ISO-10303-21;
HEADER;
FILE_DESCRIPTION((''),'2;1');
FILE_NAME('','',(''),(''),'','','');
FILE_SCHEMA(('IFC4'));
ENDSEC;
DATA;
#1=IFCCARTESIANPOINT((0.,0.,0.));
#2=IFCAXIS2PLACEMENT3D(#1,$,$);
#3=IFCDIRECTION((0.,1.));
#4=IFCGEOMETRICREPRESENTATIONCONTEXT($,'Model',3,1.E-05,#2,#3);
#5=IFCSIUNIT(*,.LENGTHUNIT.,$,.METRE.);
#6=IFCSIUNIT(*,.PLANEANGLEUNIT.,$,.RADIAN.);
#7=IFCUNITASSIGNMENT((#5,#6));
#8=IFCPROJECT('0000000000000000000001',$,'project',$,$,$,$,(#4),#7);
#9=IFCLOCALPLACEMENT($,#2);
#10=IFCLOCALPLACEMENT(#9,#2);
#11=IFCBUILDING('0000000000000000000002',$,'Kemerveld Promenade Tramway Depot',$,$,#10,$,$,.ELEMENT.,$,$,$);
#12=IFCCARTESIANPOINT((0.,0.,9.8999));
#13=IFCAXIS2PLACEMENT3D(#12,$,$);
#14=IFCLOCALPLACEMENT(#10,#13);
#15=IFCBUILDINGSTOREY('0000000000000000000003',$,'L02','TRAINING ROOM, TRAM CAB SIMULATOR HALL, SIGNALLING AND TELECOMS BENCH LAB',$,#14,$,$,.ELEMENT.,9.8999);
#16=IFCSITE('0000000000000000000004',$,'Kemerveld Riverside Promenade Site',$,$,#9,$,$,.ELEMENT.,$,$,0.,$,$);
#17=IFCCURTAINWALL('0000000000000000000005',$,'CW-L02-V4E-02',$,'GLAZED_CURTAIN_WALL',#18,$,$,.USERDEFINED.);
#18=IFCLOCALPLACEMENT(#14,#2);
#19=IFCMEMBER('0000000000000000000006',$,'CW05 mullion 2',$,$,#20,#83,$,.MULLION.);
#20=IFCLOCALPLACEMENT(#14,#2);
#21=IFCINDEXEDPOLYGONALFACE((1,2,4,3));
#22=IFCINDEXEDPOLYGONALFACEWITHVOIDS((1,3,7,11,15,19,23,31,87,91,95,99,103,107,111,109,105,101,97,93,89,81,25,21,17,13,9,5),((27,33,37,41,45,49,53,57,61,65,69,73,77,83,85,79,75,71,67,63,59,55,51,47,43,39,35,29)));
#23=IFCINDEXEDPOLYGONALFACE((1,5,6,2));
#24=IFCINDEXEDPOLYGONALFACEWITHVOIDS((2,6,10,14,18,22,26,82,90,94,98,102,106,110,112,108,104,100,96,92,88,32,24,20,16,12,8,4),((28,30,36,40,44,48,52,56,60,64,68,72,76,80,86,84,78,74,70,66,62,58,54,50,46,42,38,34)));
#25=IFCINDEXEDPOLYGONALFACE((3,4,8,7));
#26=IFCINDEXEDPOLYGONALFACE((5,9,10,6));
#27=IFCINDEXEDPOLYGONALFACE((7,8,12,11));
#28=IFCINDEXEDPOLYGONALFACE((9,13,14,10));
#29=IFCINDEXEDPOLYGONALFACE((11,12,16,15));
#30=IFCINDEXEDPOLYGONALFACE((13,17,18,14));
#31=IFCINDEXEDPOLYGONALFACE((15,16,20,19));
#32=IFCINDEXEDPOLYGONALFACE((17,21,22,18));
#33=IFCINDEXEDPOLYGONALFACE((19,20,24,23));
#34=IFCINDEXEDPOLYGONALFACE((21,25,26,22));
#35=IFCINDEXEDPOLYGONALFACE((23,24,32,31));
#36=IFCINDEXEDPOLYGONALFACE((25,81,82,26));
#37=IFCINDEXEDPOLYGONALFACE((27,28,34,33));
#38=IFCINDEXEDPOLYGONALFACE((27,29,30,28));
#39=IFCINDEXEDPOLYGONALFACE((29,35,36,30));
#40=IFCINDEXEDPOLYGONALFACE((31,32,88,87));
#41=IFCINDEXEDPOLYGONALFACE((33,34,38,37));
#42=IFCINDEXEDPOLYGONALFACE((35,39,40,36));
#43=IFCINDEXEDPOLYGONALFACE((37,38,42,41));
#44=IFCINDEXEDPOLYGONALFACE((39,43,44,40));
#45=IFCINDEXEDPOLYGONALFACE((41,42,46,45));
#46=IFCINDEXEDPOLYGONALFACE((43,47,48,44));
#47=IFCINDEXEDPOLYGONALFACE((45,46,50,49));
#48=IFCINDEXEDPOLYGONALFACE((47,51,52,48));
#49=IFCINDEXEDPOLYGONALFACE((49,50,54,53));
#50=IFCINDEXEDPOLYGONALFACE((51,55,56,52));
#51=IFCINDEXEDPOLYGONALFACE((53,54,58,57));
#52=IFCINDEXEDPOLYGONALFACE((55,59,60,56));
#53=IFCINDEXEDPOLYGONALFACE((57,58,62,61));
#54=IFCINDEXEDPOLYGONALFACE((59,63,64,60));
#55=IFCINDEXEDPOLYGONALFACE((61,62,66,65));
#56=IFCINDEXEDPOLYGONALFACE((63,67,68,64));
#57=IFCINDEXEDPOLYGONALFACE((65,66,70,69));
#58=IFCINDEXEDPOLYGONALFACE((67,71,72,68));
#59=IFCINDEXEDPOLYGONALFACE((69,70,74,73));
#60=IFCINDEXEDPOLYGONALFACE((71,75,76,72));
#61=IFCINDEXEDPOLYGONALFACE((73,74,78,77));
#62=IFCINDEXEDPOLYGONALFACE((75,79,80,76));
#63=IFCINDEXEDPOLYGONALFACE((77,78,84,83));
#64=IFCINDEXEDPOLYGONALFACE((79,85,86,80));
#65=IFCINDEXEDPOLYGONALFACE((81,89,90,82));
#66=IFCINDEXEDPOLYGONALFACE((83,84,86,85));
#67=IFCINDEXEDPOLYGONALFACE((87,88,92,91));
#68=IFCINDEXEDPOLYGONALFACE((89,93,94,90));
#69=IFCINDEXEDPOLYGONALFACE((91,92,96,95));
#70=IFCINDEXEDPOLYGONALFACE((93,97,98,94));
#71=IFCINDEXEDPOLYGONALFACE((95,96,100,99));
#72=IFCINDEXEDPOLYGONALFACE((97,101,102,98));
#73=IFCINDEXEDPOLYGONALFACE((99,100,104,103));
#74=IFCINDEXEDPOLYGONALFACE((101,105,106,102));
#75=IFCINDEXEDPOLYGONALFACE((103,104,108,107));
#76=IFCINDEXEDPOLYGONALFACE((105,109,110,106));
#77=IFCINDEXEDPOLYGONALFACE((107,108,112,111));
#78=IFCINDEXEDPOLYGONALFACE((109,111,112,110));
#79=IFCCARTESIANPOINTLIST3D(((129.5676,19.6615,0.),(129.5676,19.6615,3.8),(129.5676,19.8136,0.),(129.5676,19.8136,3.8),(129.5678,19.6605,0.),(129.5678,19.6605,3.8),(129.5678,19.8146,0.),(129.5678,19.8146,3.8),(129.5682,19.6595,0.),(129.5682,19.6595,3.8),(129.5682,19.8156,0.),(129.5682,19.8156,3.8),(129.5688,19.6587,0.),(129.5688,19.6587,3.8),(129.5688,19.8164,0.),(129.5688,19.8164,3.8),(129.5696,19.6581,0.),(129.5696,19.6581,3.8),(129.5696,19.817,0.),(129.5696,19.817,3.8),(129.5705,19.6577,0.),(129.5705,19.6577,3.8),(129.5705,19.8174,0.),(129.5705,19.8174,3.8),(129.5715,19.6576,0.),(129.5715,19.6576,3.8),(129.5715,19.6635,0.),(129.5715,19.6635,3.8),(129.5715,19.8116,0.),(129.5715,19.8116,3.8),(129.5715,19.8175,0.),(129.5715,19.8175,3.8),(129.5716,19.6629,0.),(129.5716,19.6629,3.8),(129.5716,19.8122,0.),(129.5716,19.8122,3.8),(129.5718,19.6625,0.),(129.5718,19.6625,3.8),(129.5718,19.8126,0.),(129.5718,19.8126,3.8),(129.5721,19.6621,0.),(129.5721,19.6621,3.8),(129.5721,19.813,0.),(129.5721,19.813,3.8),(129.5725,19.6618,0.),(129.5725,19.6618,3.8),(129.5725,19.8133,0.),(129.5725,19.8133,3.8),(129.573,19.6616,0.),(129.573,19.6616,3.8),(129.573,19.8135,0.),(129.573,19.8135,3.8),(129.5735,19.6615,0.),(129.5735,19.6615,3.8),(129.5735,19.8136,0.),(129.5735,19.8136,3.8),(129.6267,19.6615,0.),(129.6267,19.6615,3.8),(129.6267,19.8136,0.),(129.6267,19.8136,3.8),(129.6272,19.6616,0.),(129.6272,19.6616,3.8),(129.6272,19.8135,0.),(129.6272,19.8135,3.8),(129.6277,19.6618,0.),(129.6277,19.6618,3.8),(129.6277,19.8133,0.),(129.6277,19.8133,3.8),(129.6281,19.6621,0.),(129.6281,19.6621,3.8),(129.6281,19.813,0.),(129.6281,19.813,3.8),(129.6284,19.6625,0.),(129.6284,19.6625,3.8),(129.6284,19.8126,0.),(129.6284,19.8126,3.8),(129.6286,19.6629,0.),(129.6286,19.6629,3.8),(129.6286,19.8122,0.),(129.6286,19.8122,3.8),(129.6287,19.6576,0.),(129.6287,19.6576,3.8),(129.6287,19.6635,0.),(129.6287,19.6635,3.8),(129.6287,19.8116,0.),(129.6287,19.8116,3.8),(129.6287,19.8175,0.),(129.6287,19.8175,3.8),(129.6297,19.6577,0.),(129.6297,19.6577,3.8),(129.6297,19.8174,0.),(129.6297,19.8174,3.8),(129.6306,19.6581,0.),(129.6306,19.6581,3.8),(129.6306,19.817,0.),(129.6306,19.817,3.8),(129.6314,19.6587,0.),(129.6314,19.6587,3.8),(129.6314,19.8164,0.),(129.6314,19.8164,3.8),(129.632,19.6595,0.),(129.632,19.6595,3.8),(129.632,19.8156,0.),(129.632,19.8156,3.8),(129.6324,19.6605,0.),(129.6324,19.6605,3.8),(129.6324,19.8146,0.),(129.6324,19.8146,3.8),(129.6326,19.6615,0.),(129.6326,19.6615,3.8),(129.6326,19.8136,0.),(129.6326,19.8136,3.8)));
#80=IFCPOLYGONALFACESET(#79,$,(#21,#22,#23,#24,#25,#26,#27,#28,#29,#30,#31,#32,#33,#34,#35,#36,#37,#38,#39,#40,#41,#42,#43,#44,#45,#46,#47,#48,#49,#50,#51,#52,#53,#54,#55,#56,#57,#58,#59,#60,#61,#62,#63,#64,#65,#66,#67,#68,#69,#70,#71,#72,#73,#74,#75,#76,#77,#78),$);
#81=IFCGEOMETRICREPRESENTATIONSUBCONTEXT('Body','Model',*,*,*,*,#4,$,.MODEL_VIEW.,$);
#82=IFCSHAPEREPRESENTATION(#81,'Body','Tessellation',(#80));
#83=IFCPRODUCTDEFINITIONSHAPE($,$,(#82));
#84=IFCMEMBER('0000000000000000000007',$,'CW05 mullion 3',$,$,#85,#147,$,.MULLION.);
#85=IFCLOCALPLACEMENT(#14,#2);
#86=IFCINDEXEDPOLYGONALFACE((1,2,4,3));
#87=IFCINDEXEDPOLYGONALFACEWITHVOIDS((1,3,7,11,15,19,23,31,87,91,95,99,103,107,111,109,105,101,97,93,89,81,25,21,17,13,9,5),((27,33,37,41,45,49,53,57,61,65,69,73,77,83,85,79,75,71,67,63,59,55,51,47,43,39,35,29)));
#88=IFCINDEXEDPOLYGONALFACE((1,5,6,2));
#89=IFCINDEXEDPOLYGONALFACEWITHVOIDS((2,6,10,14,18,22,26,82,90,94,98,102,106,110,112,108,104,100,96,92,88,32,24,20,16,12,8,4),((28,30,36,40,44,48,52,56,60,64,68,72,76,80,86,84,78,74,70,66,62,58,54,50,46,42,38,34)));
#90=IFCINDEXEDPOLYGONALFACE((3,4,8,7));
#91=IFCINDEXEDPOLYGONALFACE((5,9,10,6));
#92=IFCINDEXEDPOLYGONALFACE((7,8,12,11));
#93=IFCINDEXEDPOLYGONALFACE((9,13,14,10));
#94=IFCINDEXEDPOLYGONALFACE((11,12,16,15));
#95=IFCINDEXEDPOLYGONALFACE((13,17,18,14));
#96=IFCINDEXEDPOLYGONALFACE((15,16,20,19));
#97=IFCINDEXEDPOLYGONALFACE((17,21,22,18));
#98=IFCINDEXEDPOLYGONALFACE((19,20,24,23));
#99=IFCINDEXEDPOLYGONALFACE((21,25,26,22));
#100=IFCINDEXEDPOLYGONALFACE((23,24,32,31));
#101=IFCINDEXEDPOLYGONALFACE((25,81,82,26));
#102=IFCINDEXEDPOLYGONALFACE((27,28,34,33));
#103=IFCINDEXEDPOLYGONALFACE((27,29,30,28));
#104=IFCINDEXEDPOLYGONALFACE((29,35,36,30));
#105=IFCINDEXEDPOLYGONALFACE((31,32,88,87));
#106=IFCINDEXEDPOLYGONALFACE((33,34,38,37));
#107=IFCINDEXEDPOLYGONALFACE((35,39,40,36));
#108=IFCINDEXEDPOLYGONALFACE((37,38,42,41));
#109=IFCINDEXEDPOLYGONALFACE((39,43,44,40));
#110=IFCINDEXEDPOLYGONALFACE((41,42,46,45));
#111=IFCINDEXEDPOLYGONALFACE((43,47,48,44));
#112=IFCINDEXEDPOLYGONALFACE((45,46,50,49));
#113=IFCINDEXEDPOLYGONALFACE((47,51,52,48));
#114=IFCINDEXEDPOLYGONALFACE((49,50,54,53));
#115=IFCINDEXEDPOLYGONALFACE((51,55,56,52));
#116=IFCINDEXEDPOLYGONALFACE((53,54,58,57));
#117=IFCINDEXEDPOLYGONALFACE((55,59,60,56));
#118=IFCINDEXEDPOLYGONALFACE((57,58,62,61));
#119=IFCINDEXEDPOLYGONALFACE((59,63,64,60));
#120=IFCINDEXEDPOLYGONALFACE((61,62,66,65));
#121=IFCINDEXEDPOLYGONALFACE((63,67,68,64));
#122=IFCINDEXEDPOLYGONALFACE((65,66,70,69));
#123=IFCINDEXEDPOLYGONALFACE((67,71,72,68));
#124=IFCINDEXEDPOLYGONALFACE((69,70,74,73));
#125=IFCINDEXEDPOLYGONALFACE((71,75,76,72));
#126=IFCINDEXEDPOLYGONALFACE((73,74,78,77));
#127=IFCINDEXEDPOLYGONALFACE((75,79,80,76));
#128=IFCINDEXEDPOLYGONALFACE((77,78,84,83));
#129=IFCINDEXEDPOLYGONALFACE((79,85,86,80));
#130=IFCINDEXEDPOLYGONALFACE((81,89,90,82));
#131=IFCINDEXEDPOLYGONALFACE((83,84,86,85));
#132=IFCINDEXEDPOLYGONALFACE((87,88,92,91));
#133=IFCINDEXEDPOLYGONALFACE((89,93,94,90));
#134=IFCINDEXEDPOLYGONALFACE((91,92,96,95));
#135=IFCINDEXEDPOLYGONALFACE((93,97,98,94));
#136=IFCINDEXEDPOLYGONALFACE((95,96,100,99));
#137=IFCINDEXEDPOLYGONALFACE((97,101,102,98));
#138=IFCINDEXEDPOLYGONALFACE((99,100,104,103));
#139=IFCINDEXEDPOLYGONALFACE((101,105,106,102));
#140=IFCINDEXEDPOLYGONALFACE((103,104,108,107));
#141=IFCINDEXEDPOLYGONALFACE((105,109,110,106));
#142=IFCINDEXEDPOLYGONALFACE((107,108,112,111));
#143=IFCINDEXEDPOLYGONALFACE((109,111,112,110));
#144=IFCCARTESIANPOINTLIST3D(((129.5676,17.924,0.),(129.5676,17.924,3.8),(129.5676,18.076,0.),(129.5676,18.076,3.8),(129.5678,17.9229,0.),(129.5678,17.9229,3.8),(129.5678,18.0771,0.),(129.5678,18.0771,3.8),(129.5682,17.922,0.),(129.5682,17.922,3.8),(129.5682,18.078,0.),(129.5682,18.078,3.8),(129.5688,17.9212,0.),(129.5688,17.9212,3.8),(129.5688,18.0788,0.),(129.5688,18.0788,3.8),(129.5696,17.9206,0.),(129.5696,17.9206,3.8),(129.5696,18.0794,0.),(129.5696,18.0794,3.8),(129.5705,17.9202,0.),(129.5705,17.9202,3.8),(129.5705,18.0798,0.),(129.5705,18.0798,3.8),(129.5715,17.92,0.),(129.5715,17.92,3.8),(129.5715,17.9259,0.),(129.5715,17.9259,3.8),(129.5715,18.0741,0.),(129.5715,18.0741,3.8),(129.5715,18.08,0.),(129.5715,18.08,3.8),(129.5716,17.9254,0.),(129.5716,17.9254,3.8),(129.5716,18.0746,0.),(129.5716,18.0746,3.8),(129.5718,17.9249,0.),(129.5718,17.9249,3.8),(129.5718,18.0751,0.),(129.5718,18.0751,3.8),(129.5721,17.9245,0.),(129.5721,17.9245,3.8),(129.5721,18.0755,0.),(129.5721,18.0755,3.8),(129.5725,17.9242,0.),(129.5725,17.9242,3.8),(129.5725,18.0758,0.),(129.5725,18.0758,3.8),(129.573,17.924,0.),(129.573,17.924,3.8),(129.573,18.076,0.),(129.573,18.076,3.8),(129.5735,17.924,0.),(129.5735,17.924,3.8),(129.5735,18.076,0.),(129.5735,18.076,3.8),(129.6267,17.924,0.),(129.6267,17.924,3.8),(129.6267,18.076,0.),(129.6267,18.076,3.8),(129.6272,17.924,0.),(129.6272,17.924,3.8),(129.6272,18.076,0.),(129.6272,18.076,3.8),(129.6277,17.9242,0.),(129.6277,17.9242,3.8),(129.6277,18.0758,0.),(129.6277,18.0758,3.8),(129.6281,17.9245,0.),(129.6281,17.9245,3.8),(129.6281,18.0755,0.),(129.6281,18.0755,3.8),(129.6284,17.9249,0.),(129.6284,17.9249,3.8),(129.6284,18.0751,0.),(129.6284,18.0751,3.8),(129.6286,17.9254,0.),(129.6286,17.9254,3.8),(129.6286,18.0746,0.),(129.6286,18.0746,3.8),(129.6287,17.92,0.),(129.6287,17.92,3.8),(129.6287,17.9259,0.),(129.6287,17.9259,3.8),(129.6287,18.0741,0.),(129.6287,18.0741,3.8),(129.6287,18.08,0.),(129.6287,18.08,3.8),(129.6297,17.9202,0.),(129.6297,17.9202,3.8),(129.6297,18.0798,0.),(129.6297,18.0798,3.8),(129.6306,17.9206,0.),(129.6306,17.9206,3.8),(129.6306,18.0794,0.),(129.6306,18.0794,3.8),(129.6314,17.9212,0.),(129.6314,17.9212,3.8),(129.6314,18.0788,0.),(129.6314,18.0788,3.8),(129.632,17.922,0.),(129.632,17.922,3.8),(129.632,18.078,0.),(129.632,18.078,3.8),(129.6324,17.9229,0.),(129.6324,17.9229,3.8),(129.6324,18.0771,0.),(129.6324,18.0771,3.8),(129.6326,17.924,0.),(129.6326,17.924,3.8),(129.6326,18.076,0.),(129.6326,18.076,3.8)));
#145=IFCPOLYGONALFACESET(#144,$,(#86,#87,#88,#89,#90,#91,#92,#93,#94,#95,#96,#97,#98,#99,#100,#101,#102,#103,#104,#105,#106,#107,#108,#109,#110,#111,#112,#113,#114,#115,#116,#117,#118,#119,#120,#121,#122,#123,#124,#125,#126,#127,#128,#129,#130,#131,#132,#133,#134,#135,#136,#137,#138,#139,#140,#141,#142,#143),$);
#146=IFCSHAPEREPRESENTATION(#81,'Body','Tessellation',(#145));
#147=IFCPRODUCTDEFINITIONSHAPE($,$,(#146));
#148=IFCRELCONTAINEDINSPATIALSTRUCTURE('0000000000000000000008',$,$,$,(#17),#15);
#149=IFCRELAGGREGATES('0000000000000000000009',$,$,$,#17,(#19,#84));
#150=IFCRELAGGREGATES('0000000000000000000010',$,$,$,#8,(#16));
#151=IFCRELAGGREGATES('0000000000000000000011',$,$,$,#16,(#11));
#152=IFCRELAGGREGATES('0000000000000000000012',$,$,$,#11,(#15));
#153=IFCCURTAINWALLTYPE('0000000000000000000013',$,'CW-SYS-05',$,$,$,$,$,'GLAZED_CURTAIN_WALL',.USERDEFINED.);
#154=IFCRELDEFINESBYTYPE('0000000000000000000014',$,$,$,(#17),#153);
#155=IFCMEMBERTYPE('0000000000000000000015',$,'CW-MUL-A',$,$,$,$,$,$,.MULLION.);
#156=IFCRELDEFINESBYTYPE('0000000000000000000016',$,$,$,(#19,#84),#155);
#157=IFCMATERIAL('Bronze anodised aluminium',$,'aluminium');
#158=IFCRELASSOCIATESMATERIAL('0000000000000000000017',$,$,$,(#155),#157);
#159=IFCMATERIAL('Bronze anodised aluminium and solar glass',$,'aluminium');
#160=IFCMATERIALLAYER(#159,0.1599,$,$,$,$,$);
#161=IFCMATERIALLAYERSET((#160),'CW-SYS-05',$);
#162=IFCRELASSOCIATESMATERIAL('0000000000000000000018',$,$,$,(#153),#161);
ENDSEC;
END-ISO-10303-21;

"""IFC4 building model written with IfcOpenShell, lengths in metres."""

from ifc_helpers import new_model, si_unit, direction, frame, origin, origin_2d, place, context, subcontext, project, spatial, hollow_rectangle, extrude, material, layer, layer_set, material_profile, profile_set, type_object, element, aggregate, save


model = new_model("IFC4")

# Units and contexts
model_context = context("Model", 3, precision=1e-05, world=origin(), true_north=direction((0.0, 1.0)))
body_context = subcontext(model_context, "Body", "Model", "MODEL_VIEW")
ifc_project = project(units=[si_unit("LENGTHUNIT", "METRE"), si_unit("PLANEANGLEUNIT", "RADIAN")], contexts=[model_context])

# Site, building, storey
site_placement = place(None, origin())
site = spatial("IfcSite", under=ifc_project, at=site_placement, Name="Kemerveld Riverside Promenade Site", CompositionType="ELEMENT", RefElevation=0.0)
building_placement = place(site_placement, origin())
building = spatial("IfcBuilding", under=site, at=building_placement, Name="Kemerveld Promenade Tramway Depot", CompositionType="ELEMENT")
storey_placement = place(building_placement, frame((0.0, 0.0, 9.8999)))
storey = spatial("IfcBuildingStorey", under=building, at=storey_placement, Name="L02", Description="TRAINING ROOM, TRAM CAB SIMULATOR HALL, SIGNALLING AND TELECOMS BENCH LAB", CompositionType="ELEMENT", Elevation=9.8999)

# Shared definitions
ifc_material_1 = material(Name="Bronze anodised aluminium and solar glass", Category="aluminium")
ifc_material_2 = material(Name="Bronze anodised aluminium", Category="aluminium")
ifc_material_profile_1 = material_profile(ifc_material_2, hollow_rectangle(XDim=0.0649, YDim=0.1599, WallThickness=0.0039, InnerFilletRadius=0.002, OuterFilletRadius=0.0039, at=origin_2d()), Name="CW-MUL-160x65")
ifc_profile_set_1 = profile_set([ifc_material_profile_1], Name="Bronze anodised aluminium")
member_type_1 = type_object("IfcMemberType", Name="CW-MUL-A", PredefinedType="MULLION", material=ifc_profile_set_1)

# Curtain wall, members
ifc_layer_1 = layer(ifc_material_1, 0.1599)
ifc_layer_set_1 = layer_set([ifc_layer_1], Name="CW-SYS-05")
curtain_wall_type_1 = type_object("IfcCurtainWallType", Name="CW-SYS-05", ElementType="GLAZED_CURTAIN_WALL", PredefinedType="USERDEFINED", material=ifc_layer_set_1)
curtain_wall_1_placement = place(storey_placement, origin())
curtain_wall_1 = element("IfcCurtainWall", 1, at=curtain_wall_1_placement, inside=storey, type_object=curtain_wall_type_1, Name="CW-L02-V4E-02", ObjectType="GLAZED_CURTAIN_WALL", PredefinedType="USERDEFINED")
member_1_placement = place(storey_placement, frame((129.6001, 19.7375, 0.0), z_axis=(0.0, 0.0, 1.0), x_axis=(1.0, 0.0, 0.0)))
member_1 = element("IfcMember", 2, at=member_1_placement, type_object=member_type_1, Name="CW05 mullion 2", PredefinedType="MULLION", context=body_context, shape_type="SweptSolid", body=[
    extrude(hollow_rectangle(XDim=0.0649, YDim=0.1599, WallThickness=0.0039, InnerFilletRadius=0.002, OuterFilletRadius=0.0039, at=origin_2d()), origin(), (0.0, 0.0, 1.0), 3.8),
])
member_2_placement = place(storey_placement, frame((129.6001, 18.0, 0.0), z_axis=(0.0, 0.0, 1.0), x_axis=(1.0, 0.0, 0.0)))
member_2 = element("IfcMember", 3, at=member_2_placement, type_object=member_type_1, Name="CW05 mullion 3", PredefinedType="MULLION", context=body_context, shape_type="SweptSolid", body=[
    extrude(hollow_rectangle(XDim=0.0649, YDim=0.1599, WallThickness=0.0039, InnerFilletRadius=0.002, OuterFilletRadius=0.0039, at=origin_2d()), origin(), (0.0, 0.0, 1.0), 3.8),
])

aggregate(curtain_wall_1, [member_1, member_2])

save(model, "model.ifc")
